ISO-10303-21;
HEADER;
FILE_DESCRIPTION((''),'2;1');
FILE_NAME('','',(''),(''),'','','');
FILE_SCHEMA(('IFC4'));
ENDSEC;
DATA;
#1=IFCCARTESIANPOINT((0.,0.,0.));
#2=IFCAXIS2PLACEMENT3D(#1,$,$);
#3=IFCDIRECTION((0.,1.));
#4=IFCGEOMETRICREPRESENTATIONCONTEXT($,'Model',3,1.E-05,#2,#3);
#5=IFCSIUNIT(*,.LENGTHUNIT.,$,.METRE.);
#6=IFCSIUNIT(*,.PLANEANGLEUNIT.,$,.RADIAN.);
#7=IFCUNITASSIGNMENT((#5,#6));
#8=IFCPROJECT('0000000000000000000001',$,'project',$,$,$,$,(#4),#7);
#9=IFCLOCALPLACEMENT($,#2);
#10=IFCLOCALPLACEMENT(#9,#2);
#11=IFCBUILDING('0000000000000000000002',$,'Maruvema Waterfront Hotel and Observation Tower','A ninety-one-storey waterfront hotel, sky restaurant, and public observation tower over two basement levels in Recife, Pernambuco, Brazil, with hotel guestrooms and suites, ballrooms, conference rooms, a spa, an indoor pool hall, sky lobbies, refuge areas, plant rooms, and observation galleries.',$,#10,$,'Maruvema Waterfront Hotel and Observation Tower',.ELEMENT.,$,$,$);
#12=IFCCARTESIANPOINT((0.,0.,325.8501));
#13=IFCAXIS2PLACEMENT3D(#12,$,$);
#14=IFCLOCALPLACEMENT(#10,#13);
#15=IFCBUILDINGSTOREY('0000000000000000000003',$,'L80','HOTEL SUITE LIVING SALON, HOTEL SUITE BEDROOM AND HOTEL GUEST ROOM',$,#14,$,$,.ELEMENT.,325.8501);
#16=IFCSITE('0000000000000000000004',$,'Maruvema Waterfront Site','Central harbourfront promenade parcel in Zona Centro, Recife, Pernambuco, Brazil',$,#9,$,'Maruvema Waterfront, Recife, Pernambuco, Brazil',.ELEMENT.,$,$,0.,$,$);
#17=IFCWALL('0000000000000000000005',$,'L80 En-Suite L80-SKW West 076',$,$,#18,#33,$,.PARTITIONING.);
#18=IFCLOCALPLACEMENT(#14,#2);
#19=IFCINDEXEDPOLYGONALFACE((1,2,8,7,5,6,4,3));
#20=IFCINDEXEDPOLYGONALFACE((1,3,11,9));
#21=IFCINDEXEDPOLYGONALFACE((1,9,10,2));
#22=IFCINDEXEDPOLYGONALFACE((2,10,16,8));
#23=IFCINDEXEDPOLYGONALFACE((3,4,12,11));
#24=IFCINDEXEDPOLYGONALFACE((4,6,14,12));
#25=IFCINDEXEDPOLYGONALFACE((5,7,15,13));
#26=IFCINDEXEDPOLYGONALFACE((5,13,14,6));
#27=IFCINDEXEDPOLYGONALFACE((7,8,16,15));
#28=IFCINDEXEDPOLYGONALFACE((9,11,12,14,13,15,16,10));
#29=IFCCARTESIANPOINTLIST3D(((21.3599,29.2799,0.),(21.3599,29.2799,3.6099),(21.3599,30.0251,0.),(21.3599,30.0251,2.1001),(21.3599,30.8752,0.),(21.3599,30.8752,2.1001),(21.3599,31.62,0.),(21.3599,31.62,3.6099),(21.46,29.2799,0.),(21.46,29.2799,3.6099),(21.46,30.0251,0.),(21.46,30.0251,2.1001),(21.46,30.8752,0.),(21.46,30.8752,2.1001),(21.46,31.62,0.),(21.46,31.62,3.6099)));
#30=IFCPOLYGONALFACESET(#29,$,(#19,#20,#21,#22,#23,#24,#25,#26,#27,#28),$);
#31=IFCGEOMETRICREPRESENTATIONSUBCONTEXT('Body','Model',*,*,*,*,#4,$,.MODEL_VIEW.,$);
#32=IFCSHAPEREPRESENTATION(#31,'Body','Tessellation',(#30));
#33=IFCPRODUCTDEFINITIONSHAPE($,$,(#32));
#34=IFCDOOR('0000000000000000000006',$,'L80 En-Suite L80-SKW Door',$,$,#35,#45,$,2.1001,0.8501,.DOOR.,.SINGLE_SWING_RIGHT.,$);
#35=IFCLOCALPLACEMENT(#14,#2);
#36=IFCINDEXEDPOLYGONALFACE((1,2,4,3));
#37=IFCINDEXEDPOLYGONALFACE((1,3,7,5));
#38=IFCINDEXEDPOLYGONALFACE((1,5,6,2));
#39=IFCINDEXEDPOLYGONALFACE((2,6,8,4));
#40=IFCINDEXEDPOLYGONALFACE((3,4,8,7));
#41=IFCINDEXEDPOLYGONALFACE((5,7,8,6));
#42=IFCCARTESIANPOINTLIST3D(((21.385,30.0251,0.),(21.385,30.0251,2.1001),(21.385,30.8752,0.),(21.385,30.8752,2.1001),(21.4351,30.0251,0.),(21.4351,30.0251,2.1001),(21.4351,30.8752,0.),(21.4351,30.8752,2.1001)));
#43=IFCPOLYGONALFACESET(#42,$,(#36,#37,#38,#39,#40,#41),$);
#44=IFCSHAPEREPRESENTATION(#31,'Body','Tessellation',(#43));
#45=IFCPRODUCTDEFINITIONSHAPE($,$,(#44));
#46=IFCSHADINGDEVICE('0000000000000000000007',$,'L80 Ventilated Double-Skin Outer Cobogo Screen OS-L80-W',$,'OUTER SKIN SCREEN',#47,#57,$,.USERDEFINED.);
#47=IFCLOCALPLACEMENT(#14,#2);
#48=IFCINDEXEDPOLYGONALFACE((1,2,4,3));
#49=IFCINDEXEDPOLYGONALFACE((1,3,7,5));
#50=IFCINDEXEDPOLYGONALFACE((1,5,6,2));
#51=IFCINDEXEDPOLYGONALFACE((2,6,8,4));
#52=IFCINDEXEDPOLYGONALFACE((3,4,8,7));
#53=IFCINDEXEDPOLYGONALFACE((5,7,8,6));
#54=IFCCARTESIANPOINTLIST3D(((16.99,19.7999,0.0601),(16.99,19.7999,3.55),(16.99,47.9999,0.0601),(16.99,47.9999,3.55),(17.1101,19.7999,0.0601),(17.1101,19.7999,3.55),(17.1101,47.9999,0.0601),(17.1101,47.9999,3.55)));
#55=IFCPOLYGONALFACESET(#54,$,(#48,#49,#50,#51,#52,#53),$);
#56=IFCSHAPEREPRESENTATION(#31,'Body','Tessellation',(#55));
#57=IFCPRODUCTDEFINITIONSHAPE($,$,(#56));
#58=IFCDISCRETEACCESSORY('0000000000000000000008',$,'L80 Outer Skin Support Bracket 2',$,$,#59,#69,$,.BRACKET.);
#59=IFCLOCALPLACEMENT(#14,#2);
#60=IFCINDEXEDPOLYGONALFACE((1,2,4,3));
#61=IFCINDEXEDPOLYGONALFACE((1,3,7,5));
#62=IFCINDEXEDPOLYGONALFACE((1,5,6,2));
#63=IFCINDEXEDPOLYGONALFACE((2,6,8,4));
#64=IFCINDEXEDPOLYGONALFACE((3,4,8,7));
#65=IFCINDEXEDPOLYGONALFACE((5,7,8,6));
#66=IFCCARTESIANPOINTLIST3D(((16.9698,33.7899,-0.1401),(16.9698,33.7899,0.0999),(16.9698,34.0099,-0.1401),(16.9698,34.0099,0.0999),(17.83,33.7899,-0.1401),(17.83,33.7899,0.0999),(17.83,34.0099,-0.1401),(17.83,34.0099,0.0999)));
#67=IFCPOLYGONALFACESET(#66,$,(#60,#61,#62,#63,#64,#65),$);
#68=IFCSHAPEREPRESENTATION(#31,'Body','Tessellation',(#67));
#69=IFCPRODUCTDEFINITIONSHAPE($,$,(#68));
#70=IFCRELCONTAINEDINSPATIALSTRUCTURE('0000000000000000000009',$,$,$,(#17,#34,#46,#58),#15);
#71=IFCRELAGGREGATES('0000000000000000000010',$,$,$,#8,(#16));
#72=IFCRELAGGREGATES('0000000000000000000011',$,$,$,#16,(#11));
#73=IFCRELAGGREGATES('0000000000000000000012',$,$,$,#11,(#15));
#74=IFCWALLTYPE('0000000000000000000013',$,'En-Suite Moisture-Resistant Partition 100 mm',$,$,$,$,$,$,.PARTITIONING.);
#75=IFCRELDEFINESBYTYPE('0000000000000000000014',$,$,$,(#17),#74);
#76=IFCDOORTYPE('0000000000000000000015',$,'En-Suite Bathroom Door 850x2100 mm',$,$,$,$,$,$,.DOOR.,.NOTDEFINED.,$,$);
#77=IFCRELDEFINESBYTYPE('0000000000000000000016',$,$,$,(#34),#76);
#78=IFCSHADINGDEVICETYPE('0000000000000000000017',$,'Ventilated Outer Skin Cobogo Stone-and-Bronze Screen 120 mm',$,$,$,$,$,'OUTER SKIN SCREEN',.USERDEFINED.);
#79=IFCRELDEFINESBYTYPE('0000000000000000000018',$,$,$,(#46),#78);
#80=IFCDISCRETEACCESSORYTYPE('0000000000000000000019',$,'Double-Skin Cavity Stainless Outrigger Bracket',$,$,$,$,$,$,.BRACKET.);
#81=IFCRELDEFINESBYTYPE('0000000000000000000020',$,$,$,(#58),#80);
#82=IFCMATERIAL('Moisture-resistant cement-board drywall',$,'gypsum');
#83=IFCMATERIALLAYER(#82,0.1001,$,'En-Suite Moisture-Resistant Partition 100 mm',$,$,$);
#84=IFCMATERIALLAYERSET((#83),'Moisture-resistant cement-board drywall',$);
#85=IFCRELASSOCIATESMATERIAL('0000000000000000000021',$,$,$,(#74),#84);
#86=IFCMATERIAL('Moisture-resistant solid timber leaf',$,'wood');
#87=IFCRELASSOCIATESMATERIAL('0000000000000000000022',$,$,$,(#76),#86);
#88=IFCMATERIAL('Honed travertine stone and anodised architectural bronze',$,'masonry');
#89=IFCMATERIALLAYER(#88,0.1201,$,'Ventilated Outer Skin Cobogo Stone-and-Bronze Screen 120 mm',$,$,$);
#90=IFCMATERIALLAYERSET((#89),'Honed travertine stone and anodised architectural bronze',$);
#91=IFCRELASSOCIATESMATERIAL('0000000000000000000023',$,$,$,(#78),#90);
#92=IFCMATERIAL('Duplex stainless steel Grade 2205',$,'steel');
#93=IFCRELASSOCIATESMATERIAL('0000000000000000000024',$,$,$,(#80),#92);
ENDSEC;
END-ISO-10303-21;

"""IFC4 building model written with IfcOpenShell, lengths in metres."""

from ifc_helpers import new_model, si_unit, direction, frame, frame_2d, origin, origin_2d, place, context, subcontext, project, spatial, rectangle, extrude, material, layer, layer_set, type_object, element, fill, save


model = new_model("IFC4")

# Units and contexts
model_context = context("Model", 3, precision=1e-05, world=origin(), true_north=direction((0.0, 1.0)))
body_context = subcontext(model_context, "Body", "Model", "MODEL_VIEW")
ifc_project = project(units=[si_unit("LENGTHUNIT", "METRE"), si_unit("PLANEANGLEUNIT", "RADIAN")], contexts=[model_context])

# Site, building, storey
site_placement = place(None, origin())
site = spatial("IfcSite", under=ifc_project, at=site_placement, Name="Maruvema Waterfront Site", Description="Central harbourfront promenade parcel in Zona Centro, Recife, Pernambuco, Brazil", LongName="Maruvema Waterfront, Recife, Pernambuco, Brazil", CompositionType="ELEMENT", RefElevation=0.0)
building_placement = place(site_placement, origin())
building = spatial("IfcBuilding", under=site, at=building_placement, Name="Maruvema Waterfront Hotel and Observation Tower", Description="A ninety-one-storey waterfront hotel, sky restaurant, and public observation tower over two basement levels in Recife, Pernambuco, Brazil, with hotel guestrooms and suites, ballrooms, conference rooms, a spa, an indoor pool hall, sky lobbies, refuge areas, plant rooms, and observation galleries.", LongName="Maruvema Waterfront Hotel and Observation Tower", CompositionType="ELEMENT")
storey_placement = place(building_placement, frame((0.0, 0.0, 325.8501)))
storey = spatial("IfcBuildingStorey", under=building, at=storey_placement, Name="L80", Description="HOTEL SUITE LIVING SALON, HOTEL SUITE BEDROOM AND HOTEL GUEST ROOM", CompositionType="ELEMENT", Elevation=325.8501)

# Shared definitions
ifc_material_1 = material(Name="Moisture-resistant cement-board drywall", Category="gypsum")
ifc_layer_1 = layer(ifc_material_1, 0.1001, Name="En-Suite Moisture-Resistant Partition 100 mm")
ifc_layer_set_1 = layer_set([ifc_layer_1], Name="Moisture-resistant cement-board drywall")
wall_type_1 = type_object("IfcWallType", Name="En-Suite Moisture-Resistant Partition 100 mm", PredefinedType="PARTITIONING", material=ifc_layer_set_1)

# Wall, opening, door
wall_1_placement = place(storey_placement, frame((21.4099, 29.28, 0.0), z_axis=(0.0, 0.0, 1.0), x_axis=(0.0, 1.0, 0.0)))
wall_1 = element("IfcWall", 1, at=wall_1_placement, inside=storey, type_object=wall_type_1, Name="L80 En-Suite L80-SKW West 076", PredefinedType="PARTITIONING", context=body_context, shape_type="SweptSolid", body=[
    extrude(rectangle(XDim=2.3401, YDim=0.1001, at=frame_2d((1.1699, 0.0))), origin(), (0.0, 0.0, 1.0), 3.6099),
])
opening_1_placement = place(wall_1_placement, frame((0.7451, 0.0, 0.0)))
opening_1 = element("IfcOpeningElement", 2, at=opening_1_placement, cuts=wall_1, PredefinedType="OPENING", context=body_context, shape_type="SweptSolid", body=[
    extrude(rectangle(XDim=0.8501, YDim=2.1001, at=frame_2d((0.425, 1.05))), frame((0.0, 0.0601, 0.0), z_axis=(0.0, -1.0, 0.0), x_axis=(1.0, 0.0, 0.0)), (0.0, 0.0, 1.0), 0.1201),
])
ifc_material_2 = material(Name="Moisture-resistant solid timber leaf", Category="wood")
door_type_1 = type_object("IfcDoorType", Name="En-Suite Bathroom Door 850x2100 mm", OperationType="NOTDEFINED", PredefinedType="DOOR", material=ifc_material_2)
door_1_placement = place(opening_1_placement, origin())
door_1 = element("IfcDoor", 3, at=door_1_placement, inside=storey, type_object=door_type_1, Name="L80 En-Suite L80-SKW Door", OperationType="SINGLE_SWING_RIGHT", OverallHeight=2.1001, OverallWidth=0.8501, PredefinedType="DOOR", context=body_context, shape_type="SweptSolid", body=[
    extrude(rectangle(XDim=0.8501, YDim=2.1001, at=frame_2d((0.425, 1.05))), frame((0.0, 0.0249, 0.0), z_axis=(0.0, -1.0, 0.0), x_axis=(1.0, 0.0, 0.0)), (0.0, 0.0, 1.0), 0.05),
])
fill(opening_1, door_1)

# Shading device
ifc_material_3 = material(Name="Honed travertine stone and anodised architectural bronze", Category="masonry")
ifc_layer_2 = layer(ifc_material_3, 0.1201, Name="Ventilated Outer Skin Cobogo Stone-and-Bronze Screen 120 mm")
ifc_layer_set_2 = layer_set([ifc_layer_2], Name="Honed travertine stone and anodised architectural bronze")
shading_device_type = type_object("IfcShadingDeviceType", Name="Ventilated Outer Skin Cobogo Stone-and-Bronze Screen 120 mm", ElementType="OUTER SKIN SCREEN", PredefinedType="USERDEFINED", material=ifc_layer_set_2)
shading_device_placement = place(storey_placement, frame((17.05, 33.8999, 0.0601), z_axis=(0.0, 0.0, 1.0), x_axis=(0.0, -1.0, 0.0)))
element("IfcShadingDevice", 4, at=shading_device_placement, inside=storey, type_object=shading_device_type, Name="L80 Ventilated Double-Skin Outer Cobogo Screen OS-L80-W", ObjectType="OUTER SKIN SCREEN", PredefinedType="USERDEFINED", context=body_context, shape_type="SweptSolid", body=[
    extrude(rectangle(XDim=28.2, YDim=0.1201, at=origin_2d()), origin(), (0.0, 0.0, 1.0), 3.49),
])

# Discrete accessory
ifc_material_4 = material(Name="Duplex stainless steel Grade 2205", Category="steel")
discrete_accessory_type = type_object("IfcDiscreteAccessoryType", Name="Double-Skin Cavity Stainless Outrigger Bracket", PredefinedType="BRACKET", material=ifc_material_4)
discrete_accessory_placement = place(storey_placement, frame((17.3999, 33.8999, -0.1401), z_axis=(0.0, 0.0, 1.0), x_axis=(0.0, -1.0, 0.0)))
element("IfcDiscreteAccessory", 5, at=discrete_accessory_placement, inside=storey, type_object=discrete_accessory_type, Name="L80 Outer Skin Support Bracket 2", PredefinedType="BRACKET", context=body_context, shape_type="SweptSolid", body=[
    extrude(rectangle(XDim=0.22, YDim=0.8601, at=origin_2d()), origin(), (0.0, 0.0, 1.0), 0.24),
])

save(model, "model.ifc")
